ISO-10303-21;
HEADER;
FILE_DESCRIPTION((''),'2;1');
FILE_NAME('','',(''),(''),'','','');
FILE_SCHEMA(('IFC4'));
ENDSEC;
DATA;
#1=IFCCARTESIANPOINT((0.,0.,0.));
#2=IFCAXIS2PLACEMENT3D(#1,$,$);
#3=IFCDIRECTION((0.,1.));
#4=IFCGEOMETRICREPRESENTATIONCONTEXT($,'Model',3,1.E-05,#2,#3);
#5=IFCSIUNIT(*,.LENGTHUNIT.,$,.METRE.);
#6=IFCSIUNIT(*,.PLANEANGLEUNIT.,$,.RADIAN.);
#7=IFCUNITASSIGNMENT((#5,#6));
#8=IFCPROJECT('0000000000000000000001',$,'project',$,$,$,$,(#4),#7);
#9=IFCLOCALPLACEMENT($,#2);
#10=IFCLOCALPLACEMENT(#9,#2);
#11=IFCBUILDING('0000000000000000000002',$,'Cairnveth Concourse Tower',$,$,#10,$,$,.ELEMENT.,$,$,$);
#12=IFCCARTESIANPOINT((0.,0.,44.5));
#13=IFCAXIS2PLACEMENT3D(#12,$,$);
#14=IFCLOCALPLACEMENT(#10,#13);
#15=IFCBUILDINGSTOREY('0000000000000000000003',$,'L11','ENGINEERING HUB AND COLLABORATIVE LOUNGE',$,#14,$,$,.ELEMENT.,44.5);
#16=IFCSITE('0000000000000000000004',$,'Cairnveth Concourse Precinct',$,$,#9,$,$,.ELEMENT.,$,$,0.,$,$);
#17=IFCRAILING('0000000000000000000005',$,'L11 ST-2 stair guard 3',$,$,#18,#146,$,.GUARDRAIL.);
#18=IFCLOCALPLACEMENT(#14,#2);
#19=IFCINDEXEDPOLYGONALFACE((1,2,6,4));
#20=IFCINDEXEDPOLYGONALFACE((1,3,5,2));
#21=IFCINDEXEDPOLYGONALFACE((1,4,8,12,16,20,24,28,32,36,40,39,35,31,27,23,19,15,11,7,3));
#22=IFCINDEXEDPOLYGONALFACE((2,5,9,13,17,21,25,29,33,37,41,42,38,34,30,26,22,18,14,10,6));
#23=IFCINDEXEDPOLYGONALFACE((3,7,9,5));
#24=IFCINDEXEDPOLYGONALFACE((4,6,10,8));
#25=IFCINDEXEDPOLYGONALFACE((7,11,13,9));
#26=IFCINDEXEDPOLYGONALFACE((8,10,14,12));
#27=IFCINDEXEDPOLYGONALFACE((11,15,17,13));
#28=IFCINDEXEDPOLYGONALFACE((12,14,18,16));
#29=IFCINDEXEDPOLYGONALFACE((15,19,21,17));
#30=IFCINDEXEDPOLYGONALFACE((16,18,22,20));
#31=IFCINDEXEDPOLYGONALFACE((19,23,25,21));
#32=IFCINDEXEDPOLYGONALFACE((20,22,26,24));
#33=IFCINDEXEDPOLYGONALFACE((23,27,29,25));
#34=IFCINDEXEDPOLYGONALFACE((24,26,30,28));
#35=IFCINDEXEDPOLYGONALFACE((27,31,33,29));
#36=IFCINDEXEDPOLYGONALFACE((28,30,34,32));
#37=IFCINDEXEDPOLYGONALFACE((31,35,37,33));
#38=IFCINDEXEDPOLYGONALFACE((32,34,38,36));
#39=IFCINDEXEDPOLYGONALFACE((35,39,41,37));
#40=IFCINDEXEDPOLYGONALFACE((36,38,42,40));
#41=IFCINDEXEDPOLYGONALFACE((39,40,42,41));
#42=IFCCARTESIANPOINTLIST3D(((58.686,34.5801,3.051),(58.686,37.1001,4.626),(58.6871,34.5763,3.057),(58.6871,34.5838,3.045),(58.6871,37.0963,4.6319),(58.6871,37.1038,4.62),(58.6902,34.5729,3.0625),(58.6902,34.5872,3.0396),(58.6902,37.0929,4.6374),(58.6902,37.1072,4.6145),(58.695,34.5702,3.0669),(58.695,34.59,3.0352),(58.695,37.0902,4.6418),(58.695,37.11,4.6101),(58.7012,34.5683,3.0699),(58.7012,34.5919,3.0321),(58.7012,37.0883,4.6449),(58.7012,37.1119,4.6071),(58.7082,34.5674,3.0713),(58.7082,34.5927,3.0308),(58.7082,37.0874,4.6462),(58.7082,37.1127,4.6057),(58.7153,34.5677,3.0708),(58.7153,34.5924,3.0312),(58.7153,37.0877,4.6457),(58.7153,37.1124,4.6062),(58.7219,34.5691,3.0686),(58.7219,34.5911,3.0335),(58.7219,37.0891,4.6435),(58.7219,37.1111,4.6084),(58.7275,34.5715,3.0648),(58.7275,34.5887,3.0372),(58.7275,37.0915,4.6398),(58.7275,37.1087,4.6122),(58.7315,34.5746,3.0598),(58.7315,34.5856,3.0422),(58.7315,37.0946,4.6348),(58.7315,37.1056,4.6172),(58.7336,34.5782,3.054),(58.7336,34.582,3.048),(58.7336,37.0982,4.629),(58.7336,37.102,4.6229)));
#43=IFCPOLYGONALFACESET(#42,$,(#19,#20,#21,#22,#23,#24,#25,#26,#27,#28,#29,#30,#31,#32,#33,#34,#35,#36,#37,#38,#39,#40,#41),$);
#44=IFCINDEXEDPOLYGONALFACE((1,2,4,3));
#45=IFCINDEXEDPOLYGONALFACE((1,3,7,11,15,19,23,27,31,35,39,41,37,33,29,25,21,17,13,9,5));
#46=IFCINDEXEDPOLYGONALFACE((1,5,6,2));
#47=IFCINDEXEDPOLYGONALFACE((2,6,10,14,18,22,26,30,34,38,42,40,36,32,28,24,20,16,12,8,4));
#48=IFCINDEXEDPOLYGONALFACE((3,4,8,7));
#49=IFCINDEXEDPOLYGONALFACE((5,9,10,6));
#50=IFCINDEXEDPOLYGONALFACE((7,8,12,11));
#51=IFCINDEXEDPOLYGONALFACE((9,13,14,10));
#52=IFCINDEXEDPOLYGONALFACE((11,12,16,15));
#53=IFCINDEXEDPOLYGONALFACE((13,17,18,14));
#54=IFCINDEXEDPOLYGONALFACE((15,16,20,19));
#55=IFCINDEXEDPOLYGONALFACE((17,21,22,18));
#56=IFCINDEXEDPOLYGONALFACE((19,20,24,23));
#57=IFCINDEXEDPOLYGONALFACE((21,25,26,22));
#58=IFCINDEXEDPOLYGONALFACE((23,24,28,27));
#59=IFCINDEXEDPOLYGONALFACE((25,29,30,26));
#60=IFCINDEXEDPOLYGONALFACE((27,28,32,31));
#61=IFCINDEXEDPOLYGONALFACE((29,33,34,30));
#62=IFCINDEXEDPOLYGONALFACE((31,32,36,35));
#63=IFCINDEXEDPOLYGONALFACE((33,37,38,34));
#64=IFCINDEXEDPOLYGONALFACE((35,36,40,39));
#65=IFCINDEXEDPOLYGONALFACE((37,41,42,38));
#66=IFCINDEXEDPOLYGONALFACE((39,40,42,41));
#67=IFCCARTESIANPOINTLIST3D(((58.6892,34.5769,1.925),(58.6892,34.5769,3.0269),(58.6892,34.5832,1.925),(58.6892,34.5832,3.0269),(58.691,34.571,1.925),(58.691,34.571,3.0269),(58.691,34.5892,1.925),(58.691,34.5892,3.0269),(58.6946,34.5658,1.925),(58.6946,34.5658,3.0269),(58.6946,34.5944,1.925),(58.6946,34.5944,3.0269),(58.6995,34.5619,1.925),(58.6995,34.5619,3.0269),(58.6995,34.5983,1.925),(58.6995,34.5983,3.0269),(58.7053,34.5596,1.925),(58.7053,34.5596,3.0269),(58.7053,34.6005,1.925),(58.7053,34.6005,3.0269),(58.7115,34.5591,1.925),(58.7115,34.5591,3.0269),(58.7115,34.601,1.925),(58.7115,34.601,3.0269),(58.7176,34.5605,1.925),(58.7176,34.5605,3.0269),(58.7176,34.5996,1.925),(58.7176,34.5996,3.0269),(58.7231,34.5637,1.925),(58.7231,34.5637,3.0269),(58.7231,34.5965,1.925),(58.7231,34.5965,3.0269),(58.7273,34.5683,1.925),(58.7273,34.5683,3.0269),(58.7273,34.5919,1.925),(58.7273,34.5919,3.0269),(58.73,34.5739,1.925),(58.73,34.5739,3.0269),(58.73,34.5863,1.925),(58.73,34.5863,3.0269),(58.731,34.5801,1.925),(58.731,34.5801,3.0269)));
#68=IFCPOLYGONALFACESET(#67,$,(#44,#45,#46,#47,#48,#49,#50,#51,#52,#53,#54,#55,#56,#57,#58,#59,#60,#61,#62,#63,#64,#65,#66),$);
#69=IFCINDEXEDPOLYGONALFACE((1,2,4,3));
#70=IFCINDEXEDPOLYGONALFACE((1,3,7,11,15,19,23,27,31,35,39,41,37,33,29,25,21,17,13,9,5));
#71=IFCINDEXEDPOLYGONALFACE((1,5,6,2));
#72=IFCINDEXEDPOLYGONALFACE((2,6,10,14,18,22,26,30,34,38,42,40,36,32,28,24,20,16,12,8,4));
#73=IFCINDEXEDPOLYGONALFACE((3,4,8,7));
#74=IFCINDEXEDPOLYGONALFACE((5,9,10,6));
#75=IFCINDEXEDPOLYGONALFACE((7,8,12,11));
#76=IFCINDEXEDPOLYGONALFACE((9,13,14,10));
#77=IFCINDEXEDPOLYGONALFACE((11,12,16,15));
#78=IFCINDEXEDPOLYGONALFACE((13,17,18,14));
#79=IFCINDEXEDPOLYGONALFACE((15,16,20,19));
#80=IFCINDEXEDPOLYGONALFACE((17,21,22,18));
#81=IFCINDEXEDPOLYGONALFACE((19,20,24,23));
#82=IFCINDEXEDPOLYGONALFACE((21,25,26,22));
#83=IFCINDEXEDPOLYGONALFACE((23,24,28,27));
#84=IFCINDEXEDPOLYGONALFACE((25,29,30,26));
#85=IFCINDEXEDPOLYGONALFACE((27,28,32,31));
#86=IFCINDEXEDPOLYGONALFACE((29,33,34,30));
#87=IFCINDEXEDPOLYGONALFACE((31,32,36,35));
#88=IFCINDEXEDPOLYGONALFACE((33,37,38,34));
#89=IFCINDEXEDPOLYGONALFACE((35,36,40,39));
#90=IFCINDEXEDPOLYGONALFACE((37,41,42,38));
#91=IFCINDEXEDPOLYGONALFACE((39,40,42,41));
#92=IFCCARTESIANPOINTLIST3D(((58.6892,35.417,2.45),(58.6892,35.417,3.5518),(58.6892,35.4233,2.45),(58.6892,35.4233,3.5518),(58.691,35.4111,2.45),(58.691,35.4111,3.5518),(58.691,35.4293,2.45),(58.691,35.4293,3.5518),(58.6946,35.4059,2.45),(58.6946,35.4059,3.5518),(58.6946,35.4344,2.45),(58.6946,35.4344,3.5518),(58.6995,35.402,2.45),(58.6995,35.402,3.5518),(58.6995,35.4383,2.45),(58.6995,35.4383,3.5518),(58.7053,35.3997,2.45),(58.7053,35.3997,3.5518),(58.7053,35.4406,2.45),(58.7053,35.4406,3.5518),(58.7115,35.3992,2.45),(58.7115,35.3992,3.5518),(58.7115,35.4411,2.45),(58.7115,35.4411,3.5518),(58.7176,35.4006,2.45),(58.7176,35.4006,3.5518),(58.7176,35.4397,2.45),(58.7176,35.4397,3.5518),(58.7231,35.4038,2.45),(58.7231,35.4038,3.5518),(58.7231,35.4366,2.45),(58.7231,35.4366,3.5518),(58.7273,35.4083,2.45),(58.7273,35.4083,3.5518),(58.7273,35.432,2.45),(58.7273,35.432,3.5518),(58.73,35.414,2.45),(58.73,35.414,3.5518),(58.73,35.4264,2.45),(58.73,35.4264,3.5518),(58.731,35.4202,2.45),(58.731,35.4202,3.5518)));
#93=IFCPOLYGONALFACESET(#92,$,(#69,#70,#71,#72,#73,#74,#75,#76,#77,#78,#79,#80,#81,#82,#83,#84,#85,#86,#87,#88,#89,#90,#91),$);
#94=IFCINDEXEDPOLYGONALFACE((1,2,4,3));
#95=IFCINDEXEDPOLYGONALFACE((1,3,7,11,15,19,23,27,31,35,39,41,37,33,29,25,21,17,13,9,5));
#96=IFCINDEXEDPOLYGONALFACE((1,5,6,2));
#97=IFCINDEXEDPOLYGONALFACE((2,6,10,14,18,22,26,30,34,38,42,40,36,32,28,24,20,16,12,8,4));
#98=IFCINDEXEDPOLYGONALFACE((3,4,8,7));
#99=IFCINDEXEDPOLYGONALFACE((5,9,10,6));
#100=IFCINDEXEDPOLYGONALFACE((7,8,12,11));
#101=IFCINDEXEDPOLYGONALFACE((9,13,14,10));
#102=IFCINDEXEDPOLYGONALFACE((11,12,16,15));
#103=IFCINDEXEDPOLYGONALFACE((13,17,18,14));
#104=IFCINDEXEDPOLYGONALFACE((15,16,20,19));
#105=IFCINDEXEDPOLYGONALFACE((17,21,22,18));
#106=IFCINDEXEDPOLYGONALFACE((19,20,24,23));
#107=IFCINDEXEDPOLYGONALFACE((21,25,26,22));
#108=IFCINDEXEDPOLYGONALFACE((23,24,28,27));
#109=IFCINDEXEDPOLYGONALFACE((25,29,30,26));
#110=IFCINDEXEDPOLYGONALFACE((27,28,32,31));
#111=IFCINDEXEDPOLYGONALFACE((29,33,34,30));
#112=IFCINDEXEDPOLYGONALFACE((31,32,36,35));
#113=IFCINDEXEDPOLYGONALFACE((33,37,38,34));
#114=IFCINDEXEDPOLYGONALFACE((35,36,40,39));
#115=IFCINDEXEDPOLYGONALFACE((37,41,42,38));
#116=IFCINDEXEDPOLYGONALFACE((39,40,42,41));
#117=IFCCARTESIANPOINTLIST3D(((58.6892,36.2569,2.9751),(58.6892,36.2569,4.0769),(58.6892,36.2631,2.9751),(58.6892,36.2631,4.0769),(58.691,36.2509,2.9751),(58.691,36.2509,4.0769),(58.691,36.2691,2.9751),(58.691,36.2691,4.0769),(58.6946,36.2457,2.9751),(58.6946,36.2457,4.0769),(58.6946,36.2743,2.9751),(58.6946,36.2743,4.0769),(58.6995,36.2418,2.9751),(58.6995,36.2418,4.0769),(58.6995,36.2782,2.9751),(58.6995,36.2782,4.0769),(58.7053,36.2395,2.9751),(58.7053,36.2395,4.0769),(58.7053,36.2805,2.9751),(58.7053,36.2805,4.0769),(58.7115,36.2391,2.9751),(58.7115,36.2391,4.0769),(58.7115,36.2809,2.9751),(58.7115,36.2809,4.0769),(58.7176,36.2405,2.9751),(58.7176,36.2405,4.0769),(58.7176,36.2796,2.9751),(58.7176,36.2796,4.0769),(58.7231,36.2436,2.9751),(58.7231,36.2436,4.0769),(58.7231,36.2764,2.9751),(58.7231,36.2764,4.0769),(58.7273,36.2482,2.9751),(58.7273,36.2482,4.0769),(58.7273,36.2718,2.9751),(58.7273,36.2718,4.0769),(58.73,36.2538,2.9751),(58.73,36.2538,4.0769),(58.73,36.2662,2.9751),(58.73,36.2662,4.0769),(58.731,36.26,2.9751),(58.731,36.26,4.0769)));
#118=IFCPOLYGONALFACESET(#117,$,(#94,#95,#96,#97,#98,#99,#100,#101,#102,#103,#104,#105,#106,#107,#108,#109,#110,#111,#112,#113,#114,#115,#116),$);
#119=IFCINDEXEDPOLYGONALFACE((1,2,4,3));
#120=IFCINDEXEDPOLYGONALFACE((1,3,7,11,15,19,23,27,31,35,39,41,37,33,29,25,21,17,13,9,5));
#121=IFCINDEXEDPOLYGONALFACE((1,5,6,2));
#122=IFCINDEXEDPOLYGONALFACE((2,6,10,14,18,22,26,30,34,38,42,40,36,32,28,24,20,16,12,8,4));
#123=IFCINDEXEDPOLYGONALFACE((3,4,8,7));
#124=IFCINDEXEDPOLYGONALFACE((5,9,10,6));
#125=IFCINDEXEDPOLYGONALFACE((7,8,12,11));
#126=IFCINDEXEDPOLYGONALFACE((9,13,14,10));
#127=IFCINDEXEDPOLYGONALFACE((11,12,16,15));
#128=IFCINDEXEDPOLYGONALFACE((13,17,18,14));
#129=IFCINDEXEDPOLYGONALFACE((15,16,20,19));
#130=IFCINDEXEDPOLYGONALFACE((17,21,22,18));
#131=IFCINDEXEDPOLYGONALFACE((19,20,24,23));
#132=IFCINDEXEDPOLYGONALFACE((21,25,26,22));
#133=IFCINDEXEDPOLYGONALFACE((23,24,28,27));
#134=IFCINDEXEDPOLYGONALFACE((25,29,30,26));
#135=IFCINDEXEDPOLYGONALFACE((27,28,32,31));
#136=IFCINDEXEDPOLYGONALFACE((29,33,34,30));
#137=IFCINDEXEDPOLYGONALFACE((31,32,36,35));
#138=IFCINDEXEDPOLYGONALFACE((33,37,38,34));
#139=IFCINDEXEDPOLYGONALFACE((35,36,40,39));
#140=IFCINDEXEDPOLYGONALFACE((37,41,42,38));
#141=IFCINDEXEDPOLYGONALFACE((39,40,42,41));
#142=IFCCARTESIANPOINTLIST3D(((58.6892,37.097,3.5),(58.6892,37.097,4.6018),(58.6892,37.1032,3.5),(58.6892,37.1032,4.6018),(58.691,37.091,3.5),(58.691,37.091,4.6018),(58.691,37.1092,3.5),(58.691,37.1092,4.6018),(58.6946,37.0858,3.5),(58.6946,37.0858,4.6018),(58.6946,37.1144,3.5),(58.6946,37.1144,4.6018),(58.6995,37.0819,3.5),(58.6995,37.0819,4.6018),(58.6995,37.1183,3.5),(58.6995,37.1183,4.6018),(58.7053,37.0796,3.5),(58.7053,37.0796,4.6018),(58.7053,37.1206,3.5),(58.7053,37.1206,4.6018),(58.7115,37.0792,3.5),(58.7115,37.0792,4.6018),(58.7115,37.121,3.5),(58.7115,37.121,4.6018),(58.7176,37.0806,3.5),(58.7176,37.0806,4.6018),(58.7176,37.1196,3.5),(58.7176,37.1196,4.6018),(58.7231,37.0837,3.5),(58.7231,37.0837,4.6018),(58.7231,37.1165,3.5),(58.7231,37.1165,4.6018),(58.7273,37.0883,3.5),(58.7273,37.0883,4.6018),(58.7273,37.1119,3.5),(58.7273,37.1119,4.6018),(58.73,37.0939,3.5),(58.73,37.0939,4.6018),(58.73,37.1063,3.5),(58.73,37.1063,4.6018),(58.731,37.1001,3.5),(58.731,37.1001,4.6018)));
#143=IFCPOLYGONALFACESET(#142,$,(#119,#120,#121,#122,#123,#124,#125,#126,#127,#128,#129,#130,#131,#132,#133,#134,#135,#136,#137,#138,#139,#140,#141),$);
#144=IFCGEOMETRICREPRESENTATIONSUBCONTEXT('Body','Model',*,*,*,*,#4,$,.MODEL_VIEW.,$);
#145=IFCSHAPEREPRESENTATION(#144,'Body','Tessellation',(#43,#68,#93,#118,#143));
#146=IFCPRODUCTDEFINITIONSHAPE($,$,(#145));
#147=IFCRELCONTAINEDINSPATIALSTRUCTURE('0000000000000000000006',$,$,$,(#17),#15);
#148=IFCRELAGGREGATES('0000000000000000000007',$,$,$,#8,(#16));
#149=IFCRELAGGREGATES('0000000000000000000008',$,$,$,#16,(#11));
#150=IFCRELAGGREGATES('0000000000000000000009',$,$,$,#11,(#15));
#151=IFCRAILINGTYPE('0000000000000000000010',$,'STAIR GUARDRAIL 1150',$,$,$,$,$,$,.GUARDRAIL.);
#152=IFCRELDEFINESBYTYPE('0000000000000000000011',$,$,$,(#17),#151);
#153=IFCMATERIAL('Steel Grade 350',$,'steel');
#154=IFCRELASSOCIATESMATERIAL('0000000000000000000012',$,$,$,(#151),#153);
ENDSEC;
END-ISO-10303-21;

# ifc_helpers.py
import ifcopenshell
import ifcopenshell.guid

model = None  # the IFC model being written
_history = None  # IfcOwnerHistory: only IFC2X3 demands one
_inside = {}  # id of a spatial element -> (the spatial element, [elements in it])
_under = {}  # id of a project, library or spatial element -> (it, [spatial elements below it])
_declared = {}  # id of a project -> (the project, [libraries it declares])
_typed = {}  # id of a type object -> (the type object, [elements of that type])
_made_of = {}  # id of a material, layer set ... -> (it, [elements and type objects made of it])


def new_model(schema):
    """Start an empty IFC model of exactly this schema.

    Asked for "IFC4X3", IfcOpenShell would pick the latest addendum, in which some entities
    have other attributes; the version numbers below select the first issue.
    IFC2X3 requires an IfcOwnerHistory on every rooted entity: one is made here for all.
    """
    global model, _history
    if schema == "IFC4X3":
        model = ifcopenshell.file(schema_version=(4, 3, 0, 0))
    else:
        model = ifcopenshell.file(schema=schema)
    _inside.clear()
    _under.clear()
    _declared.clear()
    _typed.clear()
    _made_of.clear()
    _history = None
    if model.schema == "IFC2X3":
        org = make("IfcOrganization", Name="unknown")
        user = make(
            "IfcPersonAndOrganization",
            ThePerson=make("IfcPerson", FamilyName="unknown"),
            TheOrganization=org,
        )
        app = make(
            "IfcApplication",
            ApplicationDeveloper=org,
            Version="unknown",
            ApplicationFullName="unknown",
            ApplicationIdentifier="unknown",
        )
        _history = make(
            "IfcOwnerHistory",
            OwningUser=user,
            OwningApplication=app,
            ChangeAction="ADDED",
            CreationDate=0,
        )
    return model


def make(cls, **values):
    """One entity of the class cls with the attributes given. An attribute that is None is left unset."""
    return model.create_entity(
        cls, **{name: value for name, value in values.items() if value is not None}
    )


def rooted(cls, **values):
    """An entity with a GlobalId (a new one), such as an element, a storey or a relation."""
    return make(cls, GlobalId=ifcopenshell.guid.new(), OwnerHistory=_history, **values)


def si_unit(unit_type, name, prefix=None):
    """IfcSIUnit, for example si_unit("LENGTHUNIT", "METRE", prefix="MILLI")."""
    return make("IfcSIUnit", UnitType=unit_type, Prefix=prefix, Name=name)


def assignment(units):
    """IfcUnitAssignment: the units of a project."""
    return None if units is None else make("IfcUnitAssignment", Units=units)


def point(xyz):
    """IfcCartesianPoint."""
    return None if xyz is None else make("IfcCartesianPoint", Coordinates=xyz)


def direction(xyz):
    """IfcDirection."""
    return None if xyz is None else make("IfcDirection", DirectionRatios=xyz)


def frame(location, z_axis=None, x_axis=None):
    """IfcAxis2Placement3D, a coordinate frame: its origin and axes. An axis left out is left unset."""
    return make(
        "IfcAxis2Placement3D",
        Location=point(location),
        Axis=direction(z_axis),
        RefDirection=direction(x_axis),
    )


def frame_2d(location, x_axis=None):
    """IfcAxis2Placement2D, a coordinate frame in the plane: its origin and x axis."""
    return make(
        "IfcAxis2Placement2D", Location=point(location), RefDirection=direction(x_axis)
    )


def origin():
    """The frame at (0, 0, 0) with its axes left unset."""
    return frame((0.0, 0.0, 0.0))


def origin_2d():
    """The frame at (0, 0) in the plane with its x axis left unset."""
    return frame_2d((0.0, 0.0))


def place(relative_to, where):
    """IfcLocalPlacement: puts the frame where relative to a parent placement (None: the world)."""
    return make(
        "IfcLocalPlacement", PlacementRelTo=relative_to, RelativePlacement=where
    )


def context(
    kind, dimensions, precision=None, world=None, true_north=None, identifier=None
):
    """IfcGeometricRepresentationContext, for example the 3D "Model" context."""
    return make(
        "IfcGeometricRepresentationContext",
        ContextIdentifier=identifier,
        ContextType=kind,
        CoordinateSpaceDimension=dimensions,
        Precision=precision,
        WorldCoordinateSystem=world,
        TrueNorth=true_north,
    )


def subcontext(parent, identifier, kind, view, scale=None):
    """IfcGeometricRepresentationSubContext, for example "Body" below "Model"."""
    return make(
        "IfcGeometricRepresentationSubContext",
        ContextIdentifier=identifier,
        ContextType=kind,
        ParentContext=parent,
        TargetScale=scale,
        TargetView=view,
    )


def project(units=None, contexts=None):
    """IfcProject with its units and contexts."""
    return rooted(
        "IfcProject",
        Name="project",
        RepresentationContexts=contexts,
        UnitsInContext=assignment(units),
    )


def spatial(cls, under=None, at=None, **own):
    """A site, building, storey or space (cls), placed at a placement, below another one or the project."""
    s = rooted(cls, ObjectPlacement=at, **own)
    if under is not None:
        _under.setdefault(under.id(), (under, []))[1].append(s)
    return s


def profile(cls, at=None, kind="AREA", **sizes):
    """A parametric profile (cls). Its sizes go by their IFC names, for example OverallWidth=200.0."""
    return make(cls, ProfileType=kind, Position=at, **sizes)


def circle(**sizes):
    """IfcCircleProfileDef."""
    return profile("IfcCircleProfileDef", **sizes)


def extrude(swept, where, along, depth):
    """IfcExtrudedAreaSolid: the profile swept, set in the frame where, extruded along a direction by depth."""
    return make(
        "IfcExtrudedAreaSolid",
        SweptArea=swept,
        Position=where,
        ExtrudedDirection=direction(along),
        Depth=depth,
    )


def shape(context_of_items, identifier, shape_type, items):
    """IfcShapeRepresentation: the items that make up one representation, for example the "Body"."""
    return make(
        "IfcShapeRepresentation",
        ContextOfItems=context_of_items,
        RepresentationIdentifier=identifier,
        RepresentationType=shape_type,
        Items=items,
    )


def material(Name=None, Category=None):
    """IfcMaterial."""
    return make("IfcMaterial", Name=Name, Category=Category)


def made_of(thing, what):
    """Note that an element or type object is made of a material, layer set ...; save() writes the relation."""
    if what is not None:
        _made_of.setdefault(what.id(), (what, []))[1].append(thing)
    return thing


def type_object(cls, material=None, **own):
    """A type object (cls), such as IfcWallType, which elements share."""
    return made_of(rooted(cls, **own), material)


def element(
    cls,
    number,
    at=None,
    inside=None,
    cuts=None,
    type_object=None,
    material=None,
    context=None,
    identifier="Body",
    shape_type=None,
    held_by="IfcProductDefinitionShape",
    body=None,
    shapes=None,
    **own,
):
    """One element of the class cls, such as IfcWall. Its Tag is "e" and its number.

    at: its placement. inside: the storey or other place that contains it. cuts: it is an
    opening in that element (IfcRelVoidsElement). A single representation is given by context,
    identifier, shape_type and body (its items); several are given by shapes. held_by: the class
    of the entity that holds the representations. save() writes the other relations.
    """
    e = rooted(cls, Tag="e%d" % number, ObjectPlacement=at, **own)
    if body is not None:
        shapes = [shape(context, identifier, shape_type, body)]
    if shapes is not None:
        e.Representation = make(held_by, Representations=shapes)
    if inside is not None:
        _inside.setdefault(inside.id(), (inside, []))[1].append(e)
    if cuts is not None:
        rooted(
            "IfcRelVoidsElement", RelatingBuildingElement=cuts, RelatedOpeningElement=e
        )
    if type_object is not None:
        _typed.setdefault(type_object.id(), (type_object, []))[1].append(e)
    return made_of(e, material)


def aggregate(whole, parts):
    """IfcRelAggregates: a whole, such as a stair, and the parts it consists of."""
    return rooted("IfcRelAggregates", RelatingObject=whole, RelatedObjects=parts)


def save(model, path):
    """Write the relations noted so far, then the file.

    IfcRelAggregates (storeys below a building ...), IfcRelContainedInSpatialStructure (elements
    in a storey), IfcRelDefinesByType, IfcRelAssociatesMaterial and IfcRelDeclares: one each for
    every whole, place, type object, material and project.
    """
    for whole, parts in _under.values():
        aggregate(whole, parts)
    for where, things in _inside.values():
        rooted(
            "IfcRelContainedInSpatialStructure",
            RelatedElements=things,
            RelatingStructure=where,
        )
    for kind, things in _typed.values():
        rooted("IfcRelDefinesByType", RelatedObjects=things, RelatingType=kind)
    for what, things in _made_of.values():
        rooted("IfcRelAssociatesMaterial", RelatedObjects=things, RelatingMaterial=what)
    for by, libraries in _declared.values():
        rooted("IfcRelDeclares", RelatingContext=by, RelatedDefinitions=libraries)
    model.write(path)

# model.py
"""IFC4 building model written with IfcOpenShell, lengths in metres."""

from ifc_helpers import new_model, si_unit, direction, frame, origin, origin_2d, place, context, subcontext, project, spatial, circle, extrude, material, type_object, element, save


model = new_model("IFC4")

# Units and contexts
model_context = context("Model", 3, precision=1e-05, world=origin(), true_north=direction((0.0, 1.0)))
body_context = subcontext(model_context, "Body", "Model", "MODEL_VIEW")
ifc_project = project(units=[si_unit("LENGTHUNIT", "METRE"), si_unit("PLANEANGLEUNIT", "RADIAN")], contexts=[model_context])

# Site, building, storey
site_placement = place(None, origin())
site = spatial("IfcSite", under=ifc_project, at=site_placement, Name="Cairnveth Concourse Precinct", CompositionType="ELEMENT", RefElevation=0.0)
building_placement = place(site_placement, origin())
building = spatial("IfcBuilding", under=site, at=building_placement, Name="Cairnveth Concourse Tower", CompositionType="ELEMENT")
storey_placement = place(building_placement, frame((0.0, 0.0, 44.5)))
storey = spatial("IfcBuildingStorey", under=building, at=storey_placement, Name="L11", Description="ENGINEERING HUB AND COLLABORATIVE LOUNGE", CompositionType="ELEMENT", Elevation=44.5)

# Shared definitions
ifc_material_1 = material(Name="Steel Grade 350", Category="steel")

# Railing
railing_type_1 = type_object("IfcRailingType", Name="STAIR GUARDRAIL 1150", PredefinedType="GUARDRAIL", material=ifc_material_1)
railing_1_placement = place(storey_placement, frame((58.71, 34.5801, 1.925)))
element("IfcRailing", 1, at=railing_1_placement, inside=storey, type_object=railing_type_1, Name="L11 ST-2 stair guard 3", PredefinedType="GUARDRAIL", context=body_context, shape_type="SweptSolid", body=[
    extrude(circle(Radius=0.0239, at=origin_2d()), frame((0.0, 0.0, 1.126), z_axis=(0.0, 0.848008, 0.529984), x_axis=(-1.0, 0.0, 0.0)), (0.0, 0.0, 1.0), 2.9717),
    extrude(circle(Radius=0.021, at=origin_2d()), origin(), (0.0, 0.0, 1.0), 1.1018),
    extrude(circle(Radius=0.021, at=origin_2d()), frame((0.0, 0.8401, 0.5249)), (0.0, 0.0, 1.0), 1.1018),
    extrude(circle(Radius=0.021, at=origin_2d()), frame((0.0, 1.6799, 1.05)), (0.0, 0.0, 1.0), 1.1018),
    extrude(circle(Radius=0.021, at=origin_2d()), frame((0.0, 2.52, 1.575)), (0.0, 0.0, 1.0), 1.1018),
])

save(model, "model.ifc")
